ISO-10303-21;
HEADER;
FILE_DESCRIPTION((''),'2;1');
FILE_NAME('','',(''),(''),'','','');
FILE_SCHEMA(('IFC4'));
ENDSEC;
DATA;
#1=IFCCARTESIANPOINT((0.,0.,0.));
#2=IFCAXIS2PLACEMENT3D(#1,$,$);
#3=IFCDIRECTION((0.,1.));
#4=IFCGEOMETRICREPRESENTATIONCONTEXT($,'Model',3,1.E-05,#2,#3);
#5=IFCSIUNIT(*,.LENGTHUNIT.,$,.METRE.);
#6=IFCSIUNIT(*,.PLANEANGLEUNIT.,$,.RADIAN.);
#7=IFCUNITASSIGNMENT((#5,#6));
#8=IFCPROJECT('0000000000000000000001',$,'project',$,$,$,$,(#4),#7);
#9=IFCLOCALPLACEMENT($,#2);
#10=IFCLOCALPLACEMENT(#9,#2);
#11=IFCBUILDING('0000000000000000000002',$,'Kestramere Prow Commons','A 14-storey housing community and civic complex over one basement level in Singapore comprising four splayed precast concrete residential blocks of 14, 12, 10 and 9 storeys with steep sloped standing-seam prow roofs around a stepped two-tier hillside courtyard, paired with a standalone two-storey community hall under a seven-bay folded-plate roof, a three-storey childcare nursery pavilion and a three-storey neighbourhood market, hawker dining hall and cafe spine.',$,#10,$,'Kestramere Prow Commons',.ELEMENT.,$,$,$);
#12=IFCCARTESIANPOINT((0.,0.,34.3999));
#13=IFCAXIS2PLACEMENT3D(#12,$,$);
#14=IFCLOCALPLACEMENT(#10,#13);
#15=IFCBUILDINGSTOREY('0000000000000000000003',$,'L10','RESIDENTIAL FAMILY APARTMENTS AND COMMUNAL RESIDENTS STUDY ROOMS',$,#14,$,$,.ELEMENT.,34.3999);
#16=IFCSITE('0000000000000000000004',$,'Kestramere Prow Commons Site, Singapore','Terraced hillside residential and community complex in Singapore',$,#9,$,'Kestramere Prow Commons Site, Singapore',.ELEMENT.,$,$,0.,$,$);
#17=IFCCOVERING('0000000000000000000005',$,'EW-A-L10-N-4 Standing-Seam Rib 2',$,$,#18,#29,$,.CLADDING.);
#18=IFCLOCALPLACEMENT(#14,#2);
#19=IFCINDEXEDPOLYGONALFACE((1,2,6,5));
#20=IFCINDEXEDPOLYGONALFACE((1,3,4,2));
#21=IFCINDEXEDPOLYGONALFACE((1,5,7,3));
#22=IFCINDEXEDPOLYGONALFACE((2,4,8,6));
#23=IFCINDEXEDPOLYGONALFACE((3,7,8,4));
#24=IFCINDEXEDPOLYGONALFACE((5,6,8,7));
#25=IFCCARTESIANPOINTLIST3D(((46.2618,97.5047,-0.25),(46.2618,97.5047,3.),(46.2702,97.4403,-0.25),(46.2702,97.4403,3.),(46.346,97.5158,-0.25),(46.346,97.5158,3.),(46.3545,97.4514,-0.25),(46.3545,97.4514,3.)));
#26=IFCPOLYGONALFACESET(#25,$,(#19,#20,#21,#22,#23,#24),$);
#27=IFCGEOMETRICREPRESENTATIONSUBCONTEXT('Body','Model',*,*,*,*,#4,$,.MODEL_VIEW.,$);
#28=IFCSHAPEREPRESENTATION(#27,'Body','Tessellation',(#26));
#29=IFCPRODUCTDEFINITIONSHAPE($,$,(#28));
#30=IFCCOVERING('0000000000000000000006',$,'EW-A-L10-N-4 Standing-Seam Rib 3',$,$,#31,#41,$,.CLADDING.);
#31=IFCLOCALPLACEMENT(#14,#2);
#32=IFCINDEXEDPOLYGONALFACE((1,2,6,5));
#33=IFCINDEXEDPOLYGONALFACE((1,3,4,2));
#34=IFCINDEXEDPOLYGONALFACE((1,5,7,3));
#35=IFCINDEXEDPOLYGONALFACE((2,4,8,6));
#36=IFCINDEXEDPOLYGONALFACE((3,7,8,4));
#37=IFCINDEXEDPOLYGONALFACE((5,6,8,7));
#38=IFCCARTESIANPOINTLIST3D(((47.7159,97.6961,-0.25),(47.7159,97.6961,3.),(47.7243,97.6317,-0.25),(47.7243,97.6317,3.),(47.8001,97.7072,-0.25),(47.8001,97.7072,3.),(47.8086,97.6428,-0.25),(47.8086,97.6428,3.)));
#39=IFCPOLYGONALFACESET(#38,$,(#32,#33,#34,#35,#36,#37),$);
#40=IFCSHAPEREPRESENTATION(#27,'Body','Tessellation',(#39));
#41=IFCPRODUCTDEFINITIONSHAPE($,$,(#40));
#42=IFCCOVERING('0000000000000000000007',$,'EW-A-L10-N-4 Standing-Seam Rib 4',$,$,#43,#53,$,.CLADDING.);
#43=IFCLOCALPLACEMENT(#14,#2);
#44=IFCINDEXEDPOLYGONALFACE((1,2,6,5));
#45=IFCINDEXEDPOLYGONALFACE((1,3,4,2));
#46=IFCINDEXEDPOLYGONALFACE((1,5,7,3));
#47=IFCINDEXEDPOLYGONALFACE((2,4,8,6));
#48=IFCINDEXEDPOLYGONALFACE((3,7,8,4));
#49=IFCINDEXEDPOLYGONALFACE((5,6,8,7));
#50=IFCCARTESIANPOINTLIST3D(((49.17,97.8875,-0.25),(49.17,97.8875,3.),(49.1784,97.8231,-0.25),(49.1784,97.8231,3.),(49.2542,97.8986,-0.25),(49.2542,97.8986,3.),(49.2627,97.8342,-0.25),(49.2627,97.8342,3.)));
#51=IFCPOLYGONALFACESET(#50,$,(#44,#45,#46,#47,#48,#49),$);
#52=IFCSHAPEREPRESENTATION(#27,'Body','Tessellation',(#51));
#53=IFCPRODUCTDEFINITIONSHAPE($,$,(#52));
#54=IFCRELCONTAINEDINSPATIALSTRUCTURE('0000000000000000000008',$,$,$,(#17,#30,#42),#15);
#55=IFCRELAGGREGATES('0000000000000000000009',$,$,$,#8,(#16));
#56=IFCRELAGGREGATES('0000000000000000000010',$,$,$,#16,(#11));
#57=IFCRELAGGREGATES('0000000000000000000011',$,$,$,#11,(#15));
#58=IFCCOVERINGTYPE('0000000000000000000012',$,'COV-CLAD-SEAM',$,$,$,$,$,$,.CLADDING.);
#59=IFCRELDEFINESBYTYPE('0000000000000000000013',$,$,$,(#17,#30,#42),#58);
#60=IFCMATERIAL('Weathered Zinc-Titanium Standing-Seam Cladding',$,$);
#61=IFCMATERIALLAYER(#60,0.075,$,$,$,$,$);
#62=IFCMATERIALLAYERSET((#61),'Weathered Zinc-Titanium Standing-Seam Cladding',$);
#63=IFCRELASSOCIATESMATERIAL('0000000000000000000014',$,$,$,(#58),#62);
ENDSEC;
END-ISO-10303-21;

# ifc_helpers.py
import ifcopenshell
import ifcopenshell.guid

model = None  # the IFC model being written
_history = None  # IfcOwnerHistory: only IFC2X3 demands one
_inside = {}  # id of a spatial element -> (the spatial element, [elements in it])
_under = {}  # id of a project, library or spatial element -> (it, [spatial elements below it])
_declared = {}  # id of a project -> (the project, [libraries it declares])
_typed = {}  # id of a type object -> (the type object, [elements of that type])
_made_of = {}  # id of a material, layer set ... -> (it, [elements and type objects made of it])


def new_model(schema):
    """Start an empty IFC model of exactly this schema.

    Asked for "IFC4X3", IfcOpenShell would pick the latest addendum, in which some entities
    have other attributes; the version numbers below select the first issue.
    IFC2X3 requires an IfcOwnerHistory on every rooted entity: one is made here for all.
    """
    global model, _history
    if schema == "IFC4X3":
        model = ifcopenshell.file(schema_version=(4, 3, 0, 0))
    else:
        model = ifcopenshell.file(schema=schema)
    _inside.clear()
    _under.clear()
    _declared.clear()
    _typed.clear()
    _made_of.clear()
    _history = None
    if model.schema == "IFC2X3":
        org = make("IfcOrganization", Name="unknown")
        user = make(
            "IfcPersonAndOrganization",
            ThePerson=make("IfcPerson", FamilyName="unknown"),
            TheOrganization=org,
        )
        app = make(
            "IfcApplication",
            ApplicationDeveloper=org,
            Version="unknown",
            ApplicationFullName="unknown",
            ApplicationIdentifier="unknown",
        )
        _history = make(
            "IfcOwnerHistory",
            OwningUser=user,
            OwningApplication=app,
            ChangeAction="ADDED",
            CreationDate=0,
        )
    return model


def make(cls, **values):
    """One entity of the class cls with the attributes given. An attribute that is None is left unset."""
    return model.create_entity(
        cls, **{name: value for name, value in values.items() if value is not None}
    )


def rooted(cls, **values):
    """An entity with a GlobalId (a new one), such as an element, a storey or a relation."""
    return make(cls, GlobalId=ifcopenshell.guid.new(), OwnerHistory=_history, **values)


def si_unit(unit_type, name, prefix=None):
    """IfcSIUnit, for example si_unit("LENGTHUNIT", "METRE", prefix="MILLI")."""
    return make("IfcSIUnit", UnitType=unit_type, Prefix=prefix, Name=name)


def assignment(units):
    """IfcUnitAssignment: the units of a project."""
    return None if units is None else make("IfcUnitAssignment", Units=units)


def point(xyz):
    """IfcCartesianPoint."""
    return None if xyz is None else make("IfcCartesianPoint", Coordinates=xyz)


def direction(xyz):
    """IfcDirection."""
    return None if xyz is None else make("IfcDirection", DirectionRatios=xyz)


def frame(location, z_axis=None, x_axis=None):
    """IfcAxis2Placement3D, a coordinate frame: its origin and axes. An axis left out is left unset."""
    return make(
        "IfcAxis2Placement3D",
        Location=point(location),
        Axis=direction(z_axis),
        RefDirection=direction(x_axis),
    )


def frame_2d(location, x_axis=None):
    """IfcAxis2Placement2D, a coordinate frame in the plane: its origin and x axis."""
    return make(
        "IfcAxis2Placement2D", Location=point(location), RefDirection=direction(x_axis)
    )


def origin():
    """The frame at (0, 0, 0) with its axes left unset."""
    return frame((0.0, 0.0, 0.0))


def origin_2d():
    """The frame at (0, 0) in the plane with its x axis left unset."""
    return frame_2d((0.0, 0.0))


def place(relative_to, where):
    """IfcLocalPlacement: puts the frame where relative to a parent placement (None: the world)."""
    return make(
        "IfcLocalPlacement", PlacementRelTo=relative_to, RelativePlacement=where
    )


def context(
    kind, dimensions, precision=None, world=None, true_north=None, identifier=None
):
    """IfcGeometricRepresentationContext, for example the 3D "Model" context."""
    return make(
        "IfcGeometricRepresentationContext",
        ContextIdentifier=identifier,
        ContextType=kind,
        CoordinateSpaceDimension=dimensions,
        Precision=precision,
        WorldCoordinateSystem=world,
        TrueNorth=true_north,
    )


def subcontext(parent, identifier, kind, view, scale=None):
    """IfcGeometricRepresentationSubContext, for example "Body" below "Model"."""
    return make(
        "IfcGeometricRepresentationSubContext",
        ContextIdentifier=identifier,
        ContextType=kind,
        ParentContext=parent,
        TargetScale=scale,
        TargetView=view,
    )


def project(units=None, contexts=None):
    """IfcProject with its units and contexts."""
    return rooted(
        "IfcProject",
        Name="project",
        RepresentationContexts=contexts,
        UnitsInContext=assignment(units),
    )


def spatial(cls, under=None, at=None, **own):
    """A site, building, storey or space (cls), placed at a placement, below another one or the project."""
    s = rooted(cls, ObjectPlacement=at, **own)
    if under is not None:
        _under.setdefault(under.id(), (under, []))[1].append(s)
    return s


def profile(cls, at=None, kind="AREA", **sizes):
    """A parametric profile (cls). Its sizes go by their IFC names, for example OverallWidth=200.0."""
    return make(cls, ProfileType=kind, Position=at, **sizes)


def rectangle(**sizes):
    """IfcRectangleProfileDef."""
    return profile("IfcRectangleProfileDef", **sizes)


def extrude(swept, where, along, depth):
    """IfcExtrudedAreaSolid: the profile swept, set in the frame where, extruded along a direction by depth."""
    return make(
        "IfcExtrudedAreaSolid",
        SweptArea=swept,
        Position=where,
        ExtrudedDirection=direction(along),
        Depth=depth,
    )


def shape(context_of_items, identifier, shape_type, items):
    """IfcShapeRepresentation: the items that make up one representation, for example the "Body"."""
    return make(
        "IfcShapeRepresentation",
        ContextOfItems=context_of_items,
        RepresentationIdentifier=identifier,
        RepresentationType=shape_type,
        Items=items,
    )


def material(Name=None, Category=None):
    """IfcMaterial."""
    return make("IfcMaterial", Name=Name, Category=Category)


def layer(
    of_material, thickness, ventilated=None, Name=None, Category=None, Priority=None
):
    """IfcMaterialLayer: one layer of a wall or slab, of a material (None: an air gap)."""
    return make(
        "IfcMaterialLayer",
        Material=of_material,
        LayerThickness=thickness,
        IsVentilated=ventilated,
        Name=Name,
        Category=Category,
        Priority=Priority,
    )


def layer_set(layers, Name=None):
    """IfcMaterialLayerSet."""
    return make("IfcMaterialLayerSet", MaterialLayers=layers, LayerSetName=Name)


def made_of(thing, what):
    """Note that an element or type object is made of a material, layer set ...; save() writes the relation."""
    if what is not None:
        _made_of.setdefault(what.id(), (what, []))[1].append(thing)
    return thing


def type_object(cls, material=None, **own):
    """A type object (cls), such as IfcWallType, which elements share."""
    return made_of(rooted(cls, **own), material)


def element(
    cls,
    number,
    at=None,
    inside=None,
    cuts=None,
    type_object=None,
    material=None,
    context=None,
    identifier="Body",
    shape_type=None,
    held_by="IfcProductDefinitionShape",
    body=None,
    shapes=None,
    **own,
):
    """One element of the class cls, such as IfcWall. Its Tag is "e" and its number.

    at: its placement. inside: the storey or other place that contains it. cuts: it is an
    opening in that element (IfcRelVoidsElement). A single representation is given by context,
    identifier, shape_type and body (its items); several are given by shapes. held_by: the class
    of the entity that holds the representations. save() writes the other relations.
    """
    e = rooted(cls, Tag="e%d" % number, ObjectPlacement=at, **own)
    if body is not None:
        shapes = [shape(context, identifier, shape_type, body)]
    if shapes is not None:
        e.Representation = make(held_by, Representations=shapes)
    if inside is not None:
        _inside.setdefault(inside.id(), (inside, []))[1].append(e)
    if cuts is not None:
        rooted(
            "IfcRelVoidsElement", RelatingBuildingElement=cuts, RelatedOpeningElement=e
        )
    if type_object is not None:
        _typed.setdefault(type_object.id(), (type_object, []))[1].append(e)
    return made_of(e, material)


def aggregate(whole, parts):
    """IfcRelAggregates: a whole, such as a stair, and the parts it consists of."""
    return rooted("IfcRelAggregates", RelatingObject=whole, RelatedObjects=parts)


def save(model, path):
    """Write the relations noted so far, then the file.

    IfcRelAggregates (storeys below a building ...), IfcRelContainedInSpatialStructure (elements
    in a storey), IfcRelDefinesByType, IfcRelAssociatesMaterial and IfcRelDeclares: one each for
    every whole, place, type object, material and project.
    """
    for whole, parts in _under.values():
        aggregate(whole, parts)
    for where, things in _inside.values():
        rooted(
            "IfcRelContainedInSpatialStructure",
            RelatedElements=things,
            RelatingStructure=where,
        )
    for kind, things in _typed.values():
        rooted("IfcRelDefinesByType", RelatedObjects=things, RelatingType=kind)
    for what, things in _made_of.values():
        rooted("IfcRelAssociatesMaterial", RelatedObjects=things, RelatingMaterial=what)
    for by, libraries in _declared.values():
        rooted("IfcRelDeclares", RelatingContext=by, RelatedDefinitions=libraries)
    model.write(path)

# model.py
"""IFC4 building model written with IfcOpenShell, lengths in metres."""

from ifc_helpers import new_model, si_unit, direction, frame, origin, origin_2d, place, context, subcontext, project, spatial, rectangle, extrude, material, layer, layer_set, type_object, element, save


model = new_model("IFC4")

# Units and contexts
model_context = context("Model", 3, precision=1e-05, world=origin(), true_north=direction((0.0, 1.0)))
body_context = subcontext(model_context, "Body", "Model", "MODEL_VIEW")
ifc_project = project(units=[si_unit("LENGTHUNIT", "METRE"), si_unit("PLANEANGLEUNIT", "RADIAN")], contexts=[model_context])

# Site, building, storey
site_placement = place(None, origin())
site = spatial("IfcSite", under=ifc_project, at=site_placement, Name="Kestramere Prow Commons Site, Singapore", Description="Terraced hillside residential and community complex in Singapore", LongName="Kestramere Prow Commons Site, Singapore", CompositionType="ELEMENT", RefElevation=0.0)
building_placement = place(site_placement, origin())
building = spatial("IfcBuilding", under=site, at=building_placement, Name="Kestramere Prow Commons", Description="A 14-storey housing community and civic complex over one basement level in Singapore comprising four splayed precast concrete residential blocks of 14, 12, 10 and 9 storeys with steep sloped standing-seam prow roofs around a stepped two-tier hillside courtyard, paired with a standalone two-storey community hall under a seven-bay folded-plate roof, a three-storey childcare nursery pavilion and a three-storey neighbourhood market, hawker dining hall and cafe spine.", LongName="Kestramere Prow Commons", CompositionType="ELEMENT")
storey_placement = place(building_placement, frame((0.0, 0.0, 34.3999)))
storey = spatial("IfcBuildingStorey", under=building, at=storey_placement, Name="L10", Description="RESIDENTIAL FAMILY APARTMENTS AND COMMUNAL RESIDENTS STUDY ROOMS", CompositionType="ELEMENT", Elevation=34.3999)

# Coverings
ifc_material_1 = material(Name="Weathered Zinc-Titanium Standing-Seam Cladding")
ifc_layer_1 = layer(ifc_material_1, 0.075)
ifc_layer_set_1 = layer_set([ifc_layer_1], Name="Weathered Zinc-Titanium Standing-Seam Cladding")
covering_type = type_object("IfcCoveringType", Name="COV-CLAD-SEAM", PredefinedType="CLADDING", material=ifc_layer_set_1)
for number, where, z_axis, x_axis, name in (
    (1, (46.3081, 97.478, -0.25), (0.0, 0.0, 1.0), (0.991445, 0.130526, 0.0), "EW-A-L10-N-4 Standing-Seam Rib 2"),
    (2, (47.7622, 97.6694, -0.25), (0.0, 0.0, 1.0), (0.991445, 0.130526, 0.0), "EW-A-L10-N-4 Standing-Seam Rib 3"),
    (3, (49.2163, 97.8608, -0.25), (0.0, 0.0, 1.0), (0.991445, 0.130526, 0.0), "EW-A-L10-N-4 Standing-Seam Rib 4"),
):
    element("IfcCovering", number, at=place(storey_placement, frame(where, z_axis=z_axis, x_axis=x_axis)), inside=storey, type_object=covering_type, Name=name, PredefinedType="CLADDING", context=body_context, shape_type="SweptSolid", body=[
        extrude(rectangle(XDim=0.085, YDim=0.0649, at=origin_2d()), origin(), (0.0, 0.0, 1.0), 3.25),
    ])

save(model, "model.ifc")
